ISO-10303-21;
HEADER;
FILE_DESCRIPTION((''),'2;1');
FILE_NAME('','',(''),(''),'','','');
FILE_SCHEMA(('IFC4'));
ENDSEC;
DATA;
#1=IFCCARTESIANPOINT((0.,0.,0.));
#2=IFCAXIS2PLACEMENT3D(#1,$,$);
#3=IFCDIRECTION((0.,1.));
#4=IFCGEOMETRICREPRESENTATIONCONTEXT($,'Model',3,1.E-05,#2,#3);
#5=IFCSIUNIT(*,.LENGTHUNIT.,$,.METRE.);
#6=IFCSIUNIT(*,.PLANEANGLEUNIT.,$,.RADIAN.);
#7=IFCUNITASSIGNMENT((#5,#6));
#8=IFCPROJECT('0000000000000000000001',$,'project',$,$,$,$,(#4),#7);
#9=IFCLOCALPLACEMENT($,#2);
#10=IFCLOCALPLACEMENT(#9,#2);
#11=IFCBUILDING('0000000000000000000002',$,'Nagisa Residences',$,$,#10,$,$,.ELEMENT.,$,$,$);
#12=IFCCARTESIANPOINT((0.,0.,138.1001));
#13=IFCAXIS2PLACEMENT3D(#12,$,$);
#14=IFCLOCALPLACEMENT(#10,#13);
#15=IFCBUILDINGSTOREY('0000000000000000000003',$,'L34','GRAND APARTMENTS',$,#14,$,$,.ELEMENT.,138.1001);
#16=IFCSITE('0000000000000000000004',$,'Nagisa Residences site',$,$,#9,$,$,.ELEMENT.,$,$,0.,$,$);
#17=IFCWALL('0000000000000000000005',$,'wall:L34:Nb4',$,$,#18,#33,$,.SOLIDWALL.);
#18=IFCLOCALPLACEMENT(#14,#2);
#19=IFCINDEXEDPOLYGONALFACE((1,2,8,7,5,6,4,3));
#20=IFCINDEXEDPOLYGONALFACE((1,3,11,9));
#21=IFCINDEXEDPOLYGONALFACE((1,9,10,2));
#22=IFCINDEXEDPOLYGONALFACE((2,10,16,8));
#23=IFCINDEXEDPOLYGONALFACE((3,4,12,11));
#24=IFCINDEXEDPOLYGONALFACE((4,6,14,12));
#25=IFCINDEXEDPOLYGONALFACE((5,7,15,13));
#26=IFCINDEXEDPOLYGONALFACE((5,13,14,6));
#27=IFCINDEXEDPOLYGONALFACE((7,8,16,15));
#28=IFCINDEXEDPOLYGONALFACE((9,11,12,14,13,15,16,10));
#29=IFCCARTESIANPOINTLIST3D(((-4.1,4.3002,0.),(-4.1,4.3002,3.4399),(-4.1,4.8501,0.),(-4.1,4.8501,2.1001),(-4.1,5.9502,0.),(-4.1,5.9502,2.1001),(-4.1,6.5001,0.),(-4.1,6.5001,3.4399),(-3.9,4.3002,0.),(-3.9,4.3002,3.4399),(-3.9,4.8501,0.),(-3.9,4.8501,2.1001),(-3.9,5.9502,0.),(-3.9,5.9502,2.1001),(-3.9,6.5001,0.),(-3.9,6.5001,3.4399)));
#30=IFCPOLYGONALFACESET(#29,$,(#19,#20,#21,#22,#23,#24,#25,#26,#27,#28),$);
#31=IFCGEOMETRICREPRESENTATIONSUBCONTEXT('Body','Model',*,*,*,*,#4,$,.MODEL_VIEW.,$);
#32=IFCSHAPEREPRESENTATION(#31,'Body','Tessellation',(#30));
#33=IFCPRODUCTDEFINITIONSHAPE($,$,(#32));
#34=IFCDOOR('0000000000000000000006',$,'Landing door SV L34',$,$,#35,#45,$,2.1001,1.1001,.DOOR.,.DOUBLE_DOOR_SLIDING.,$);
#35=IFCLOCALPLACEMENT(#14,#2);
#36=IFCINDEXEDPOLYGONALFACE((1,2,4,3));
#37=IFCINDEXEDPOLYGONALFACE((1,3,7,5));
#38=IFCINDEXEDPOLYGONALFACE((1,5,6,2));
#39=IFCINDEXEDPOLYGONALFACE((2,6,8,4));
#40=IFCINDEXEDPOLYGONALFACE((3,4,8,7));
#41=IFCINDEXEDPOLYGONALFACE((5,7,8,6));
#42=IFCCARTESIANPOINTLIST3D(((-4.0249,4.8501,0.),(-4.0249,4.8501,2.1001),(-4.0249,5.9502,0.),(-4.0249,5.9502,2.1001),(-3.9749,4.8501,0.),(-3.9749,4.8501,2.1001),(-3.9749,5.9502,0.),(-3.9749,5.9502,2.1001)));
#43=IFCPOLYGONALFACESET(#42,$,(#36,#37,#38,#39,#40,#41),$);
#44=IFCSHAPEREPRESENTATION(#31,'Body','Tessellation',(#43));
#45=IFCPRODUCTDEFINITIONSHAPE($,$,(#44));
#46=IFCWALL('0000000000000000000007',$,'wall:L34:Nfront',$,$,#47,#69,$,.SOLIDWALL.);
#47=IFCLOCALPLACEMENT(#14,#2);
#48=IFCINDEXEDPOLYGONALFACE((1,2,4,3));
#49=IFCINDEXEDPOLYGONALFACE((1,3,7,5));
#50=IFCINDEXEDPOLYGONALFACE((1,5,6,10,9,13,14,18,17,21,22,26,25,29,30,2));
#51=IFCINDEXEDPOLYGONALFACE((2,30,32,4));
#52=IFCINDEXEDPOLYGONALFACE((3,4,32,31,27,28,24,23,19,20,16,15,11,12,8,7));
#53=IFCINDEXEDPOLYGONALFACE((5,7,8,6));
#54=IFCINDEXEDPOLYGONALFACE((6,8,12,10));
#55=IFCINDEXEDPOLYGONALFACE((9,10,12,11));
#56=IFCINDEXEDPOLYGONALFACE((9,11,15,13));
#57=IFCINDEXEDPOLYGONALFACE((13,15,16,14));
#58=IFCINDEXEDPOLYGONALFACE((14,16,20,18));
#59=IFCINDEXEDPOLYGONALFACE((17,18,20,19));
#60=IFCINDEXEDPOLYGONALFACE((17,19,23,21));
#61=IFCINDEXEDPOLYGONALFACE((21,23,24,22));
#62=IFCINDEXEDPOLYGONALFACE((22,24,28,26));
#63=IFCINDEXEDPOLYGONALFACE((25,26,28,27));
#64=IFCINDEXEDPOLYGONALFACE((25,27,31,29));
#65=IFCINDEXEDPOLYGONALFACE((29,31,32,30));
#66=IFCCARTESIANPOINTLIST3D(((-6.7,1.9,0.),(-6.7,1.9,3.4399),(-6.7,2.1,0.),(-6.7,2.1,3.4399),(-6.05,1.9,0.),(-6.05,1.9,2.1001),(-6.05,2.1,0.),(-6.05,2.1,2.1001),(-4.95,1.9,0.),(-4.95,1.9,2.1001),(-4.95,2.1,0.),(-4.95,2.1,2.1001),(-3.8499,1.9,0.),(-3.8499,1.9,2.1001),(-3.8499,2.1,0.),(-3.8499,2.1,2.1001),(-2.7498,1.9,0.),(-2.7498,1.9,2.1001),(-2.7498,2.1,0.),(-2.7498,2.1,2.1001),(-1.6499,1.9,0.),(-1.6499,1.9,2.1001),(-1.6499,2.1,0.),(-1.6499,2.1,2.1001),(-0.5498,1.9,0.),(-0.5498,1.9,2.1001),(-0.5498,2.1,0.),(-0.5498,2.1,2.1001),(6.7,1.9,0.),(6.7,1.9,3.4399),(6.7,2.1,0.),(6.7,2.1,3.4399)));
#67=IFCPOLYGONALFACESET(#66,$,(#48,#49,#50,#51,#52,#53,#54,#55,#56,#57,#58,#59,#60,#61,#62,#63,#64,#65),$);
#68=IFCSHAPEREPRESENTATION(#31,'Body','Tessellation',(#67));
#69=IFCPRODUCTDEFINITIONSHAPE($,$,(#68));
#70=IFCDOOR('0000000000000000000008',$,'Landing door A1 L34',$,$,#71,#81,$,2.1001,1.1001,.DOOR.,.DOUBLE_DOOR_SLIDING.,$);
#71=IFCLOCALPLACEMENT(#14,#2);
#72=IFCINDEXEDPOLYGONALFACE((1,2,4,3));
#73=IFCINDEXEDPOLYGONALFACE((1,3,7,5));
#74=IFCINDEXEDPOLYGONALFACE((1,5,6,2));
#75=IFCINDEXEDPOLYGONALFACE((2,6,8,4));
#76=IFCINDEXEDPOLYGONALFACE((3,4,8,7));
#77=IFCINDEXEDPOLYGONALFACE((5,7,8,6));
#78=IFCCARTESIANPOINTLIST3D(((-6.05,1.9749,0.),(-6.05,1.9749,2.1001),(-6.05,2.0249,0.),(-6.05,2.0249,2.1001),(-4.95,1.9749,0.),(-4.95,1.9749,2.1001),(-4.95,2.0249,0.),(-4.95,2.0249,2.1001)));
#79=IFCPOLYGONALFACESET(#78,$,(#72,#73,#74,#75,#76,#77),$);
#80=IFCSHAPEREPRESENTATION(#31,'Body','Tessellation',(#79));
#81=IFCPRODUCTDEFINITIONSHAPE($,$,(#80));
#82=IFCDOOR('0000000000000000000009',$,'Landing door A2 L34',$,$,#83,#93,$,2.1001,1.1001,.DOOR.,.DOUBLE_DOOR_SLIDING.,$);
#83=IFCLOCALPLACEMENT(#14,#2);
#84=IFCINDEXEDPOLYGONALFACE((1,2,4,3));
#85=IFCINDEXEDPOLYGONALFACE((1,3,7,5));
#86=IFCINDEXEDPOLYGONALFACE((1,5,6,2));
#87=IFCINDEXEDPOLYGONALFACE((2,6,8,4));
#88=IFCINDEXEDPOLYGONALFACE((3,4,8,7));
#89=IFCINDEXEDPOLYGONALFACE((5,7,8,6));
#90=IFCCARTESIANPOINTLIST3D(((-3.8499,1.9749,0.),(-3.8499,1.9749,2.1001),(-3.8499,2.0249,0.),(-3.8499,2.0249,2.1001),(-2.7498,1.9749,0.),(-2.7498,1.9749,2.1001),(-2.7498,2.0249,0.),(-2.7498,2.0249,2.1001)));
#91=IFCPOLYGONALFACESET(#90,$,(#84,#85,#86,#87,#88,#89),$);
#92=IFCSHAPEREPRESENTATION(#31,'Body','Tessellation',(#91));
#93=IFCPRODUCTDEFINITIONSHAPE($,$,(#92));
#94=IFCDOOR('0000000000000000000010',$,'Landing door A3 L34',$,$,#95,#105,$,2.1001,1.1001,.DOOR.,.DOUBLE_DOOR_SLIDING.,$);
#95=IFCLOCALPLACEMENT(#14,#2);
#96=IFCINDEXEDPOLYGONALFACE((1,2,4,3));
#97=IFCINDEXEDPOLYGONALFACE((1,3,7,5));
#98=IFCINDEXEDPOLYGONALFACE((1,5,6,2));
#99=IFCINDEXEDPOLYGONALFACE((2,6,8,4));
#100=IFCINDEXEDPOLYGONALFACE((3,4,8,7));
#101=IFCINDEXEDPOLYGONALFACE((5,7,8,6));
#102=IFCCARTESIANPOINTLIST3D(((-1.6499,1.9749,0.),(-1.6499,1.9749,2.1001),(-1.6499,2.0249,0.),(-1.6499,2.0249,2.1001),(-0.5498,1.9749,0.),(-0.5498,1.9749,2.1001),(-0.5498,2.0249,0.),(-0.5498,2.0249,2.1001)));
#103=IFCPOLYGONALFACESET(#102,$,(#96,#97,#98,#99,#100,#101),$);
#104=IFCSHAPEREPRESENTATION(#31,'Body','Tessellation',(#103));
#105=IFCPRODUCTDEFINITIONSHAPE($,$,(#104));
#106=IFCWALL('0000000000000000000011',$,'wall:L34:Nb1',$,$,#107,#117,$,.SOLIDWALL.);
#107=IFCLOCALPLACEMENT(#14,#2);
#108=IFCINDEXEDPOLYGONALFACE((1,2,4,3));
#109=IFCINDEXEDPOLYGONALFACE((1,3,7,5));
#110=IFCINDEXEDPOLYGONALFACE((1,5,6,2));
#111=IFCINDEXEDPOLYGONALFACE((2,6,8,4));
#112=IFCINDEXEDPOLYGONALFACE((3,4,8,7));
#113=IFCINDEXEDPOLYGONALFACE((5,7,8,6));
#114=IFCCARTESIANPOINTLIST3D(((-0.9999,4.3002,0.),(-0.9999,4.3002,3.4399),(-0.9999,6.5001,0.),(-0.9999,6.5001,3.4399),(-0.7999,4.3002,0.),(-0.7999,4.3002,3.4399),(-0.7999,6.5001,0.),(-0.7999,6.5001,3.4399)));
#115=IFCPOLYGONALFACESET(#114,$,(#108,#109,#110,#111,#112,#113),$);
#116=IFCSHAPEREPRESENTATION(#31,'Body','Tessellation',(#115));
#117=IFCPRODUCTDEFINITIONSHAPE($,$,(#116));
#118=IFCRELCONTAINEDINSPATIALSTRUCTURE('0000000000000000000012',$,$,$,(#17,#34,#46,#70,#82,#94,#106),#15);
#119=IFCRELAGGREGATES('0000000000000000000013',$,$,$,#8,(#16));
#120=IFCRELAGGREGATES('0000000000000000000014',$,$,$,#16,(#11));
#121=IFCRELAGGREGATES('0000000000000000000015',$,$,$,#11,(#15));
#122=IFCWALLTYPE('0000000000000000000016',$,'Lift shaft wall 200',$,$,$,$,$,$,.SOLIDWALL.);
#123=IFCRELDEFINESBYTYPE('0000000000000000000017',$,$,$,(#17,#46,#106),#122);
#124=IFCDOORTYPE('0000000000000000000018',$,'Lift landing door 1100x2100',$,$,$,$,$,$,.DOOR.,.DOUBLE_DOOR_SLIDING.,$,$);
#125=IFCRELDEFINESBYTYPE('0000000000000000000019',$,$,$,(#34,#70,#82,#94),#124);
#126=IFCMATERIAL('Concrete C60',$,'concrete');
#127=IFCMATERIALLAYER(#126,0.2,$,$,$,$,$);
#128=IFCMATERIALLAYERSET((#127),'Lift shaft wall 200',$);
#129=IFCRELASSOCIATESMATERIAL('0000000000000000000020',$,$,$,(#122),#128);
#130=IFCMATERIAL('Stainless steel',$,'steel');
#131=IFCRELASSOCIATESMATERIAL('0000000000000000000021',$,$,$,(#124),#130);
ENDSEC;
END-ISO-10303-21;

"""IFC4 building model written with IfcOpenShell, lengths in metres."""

from ifc_helpers import new_model, si_unit, direction, frame, frame_2d, origin, place, context, subcontext, project, spatial, rectangle, extrude, material, layer, layer_set, type_object, element, fill, save


model = new_model("IFC4")

# Units and contexts
model_context = context("Model", 3, precision=1e-05, world=origin(), true_north=direction((0.0, 1.0)))
body_context = subcontext(model_context, "Body", "Model", "MODEL_VIEW")
ifc_project = project(units=[si_unit("LENGTHUNIT", "METRE"), si_unit("PLANEANGLEUNIT", "RADIAN")], contexts=[model_context])

# Site, building, storey
site_placement = place(None, origin())
site = spatial("IfcSite", under=ifc_project, at=site_placement, Name="Nagisa Residences site", CompositionType="ELEMENT", RefElevation=0.0)
building_placement = place(site_placement, origin())
building = spatial("IfcBuilding", under=site, at=building_placement, Name="Nagisa Residences", CompositionType="ELEMENT")
storey_placement = place(building_placement, frame((0.0, 0.0, 138.1001)))
storey = spatial("IfcBuildingStorey", under=building, at=storey_placement, Name="L34", Description="GRAND APARTMENTS", CompositionType="ELEMENT", Elevation=138.1001)

# Wall, opening, door
ifc_material_1 = material(Name="Concrete C60", Category="concrete")
ifc_layer_1 = layer(ifc_material_1, 0.2)
ifc_layer_set_1 = layer_set([ifc_layer_1], Name="Lift shaft wall 200")
wall_type_1 = type_object("IfcWallType", Name="Lift shaft wall 200", PredefinedType="SOLIDWALL", material=ifc_layer_set_1)
wall_1_placement = place(storey_placement, frame((-4.0, 4.3, 0.0), z_axis=(0.0, 0.0, 1.0), x_axis=(0.0, 1.0, 0.0)))
wall_1 = element("IfcWall", 1, at=wall_1_placement, inside=storey, type_object=wall_type_1, Name="wall:L34:Nb4", PredefinedType="SOLIDWALL", context=body_context, shape_type="SweptSolid", body=[
    extrude(rectangle(XDim=2.2, YDim=0.2, at=frame_2d((1.1001, 0.0))), origin(), (0.0, 0.0, 1.0), 3.4399),
])
opening_1_placement = place(wall_1_placement, frame((0.55, 0.0, 0.0)))
opening_1 = element("IfcOpeningElement", 2, at=opening_1_placement, cuts=wall_1, PredefinedType="OPENING", context=body_context, shape_type="SweptSolid", body=[
    extrude(rectangle(XDim=1.1001, YDim=2.1001, at=frame_2d((0.55, 1.05))), frame((0.0, 0.1099, 0.0), z_axis=(0.0, -1.0, 0.0), x_axis=(1.0, 0.0, 0.0)), (0.0, 0.0, 1.0), 0.22),
])
ifc_material_2 = material(Name="Stainless steel", Category="steel")
door_type_1 = type_object("IfcDoorType", Name="Lift landing door 1100x2100", OperationType="DOUBLE_DOOR_SLIDING", PredefinedType="DOOR", material=ifc_material_2)
door_1_placement = place(opening_1_placement, origin())
door_1 = element("IfcDoor", 3, at=door_1_placement, inside=storey, type_object=door_type_1, Name="Landing door SV L34", OperationType="DOUBLE_DOOR_SLIDING", OverallHeight=2.1001, OverallWidth=1.1001, PredefinedType="DOOR", context=body_context, shape_type="SweptSolid", body=[
    extrude(rectangle(XDim=1.1001, YDim=2.1001, at=frame_2d((0.55, 1.05))), frame((0.0, 0.0249, 0.0), z_axis=(0.0, -1.0, 0.0), x_axis=(1.0, 0.0, 0.0)), (0.0, 0.0, 1.0), 0.05),
])
fill(opening_1, door_1)

# Wall, openings, doors
wall_2_placement = place(storey_placement, frame((-6.7, 2.0, 0.0), z_axis=(0.0, 0.0, 1.0), x_axis=(1.0, 0.0, 0.0)))
wall_2 = element("IfcWall", 4, at=wall_2_placement, inside=storey, type_object=wall_type_1, Name="wall:L34:Nfront", PredefinedType="SOLIDWALL", context=body_context, shape_type="SweptSolid", body=[
    extrude(rectangle(XDim=13.3999, YDim=0.2, at=frame_2d((6.7, 0.0))), origin(), (0.0, 0.0, 1.0), 3.4399),
])
opening_2_placement = place(wall_2_placement, frame((0.6499, 0.0, 0.0)))
opening_2 = element("IfcOpeningElement", 5, at=opening_2_placement, cuts=wall_2, PredefinedType="OPENING", context=body_context, shape_type="SweptSolid", body=[
    extrude(rectangle(XDim=1.1001, YDim=2.1001, at=frame_2d((0.55, 1.05))), frame((0.0, 0.1099, 0.0), z_axis=(0.0, -1.0, 0.0), x_axis=(1.0, 0.0, 0.0)), (0.0, 0.0, 1.0), 0.22),
])
opening_3_placement = place(wall_2_placement, frame((2.8501, 0.0, 0.0)))
opening_3 = element("IfcOpeningElement", 6, at=opening_3_placement, cuts=wall_2, PredefinedType="OPENING", context=body_context, shape_type="SweptSolid", body=[
    extrude(rectangle(XDim=1.1001, YDim=2.1001, at=frame_2d((0.55, 1.05))), frame((0.0, 0.1099, 0.0), z_axis=(0.0, -1.0, 0.0), x_axis=(1.0, 0.0, 0.0)), (0.0, 0.0, 1.0), 0.22),
])
opening_4_placement = place(wall_2_placement, frame((5.05, 0.0, 0.0)))
opening_4 = element("IfcOpeningElement", 7, at=opening_4_placement, cuts=wall_2, PredefinedType="OPENING", context=body_context, shape_type="SweptSolid", body=[
    extrude(rectangle(XDim=1.1001, YDim=2.1001, at=frame_2d((0.55, 1.05))), frame((0.0, 0.1099, 0.0), z_axis=(0.0, -1.0, 0.0), x_axis=(1.0, 0.0, 0.0)), (0.0, 0.0, 1.0), 0.22),
])
door_2_placement = place(opening_2_placement, origin())
door_2 = element("IfcDoor", 8, at=door_2_placement, inside=storey, type_object=door_type_1, Name="Landing door A1 L34", OperationType="DOUBLE_DOOR_SLIDING", OverallHeight=2.1001, OverallWidth=1.1001, PredefinedType="DOOR", context=body_context, shape_type="SweptSolid", body=[
    extrude(rectangle(XDim=1.1001, YDim=2.1001, at=frame_2d((0.55, 1.05))), frame((0.0, 0.0249, 0.0), z_axis=(0.0, -1.0, 0.0), x_axis=(1.0, 0.0, 0.0)), (0.0, 0.0, 1.0), 0.05),
])
fill(opening_2, door_2)
door_3_placement = place(opening_3_placement, origin())
door_3 = element("IfcDoor", 9, at=door_3_placement, inside=storey, type_object=door_type_1, Name="Landing door A2 L34", OperationType="DOUBLE_DOOR_SLIDING", OverallHeight=2.1001, OverallWidth=1.1001, PredefinedType="DOOR", context=body_context, shape_type="SweptSolid", body=[
    extrude(rectangle(XDim=1.1001, YDim=2.1001, at=frame_2d((0.55, 1.05))), frame((0.0, 0.0249, 0.0), z_axis=(0.0, -1.0, 0.0), x_axis=(1.0, 0.0, 0.0)), (0.0, 0.0, 1.0), 0.05),
])
fill(opening_3, door_3)
door_4_placement = place(opening_4_placement, origin())
door_4 = element("IfcDoor", 10, at=door_4_placement, inside=storey, type_object=door_type_1, Name="Landing door A3 L34", OperationType="DOUBLE_DOOR_SLIDING", OverallHeight=2.1001, OverallWidth=1.1001, PredefinedType="DOOR", context=body_context, shape_type="SweptSolid", body=[
    extrude(rectangle(XDim=1.1001, YDim=2.1001, at=frame_2d((0.55, 1.05))), frame((0.0, 0.0249, 0.0), z_axis=(0.0, -1.0, 0.0), x_axis=(1.0, 0.0, 0.0)), (0.0, 0.0, 1.0), 0.05),
])
fill(opening_4, door_4)

# Wall
wall_3_placement = place(storey_placement, frame((-0.8999, 4.3, 0.0), z_axis=(0.0, 0.0, 1.0), x_axis=(0.0, 1.0, 0.0)))
element("IfcWall", 11, at=wall_3_placement, inside=storey, type_object=wall_type_1, Name="wall:L34:Nb1", PredefinedType="SOLIDWALL", context=body_context, shape_type="SweptSolid", body=[
    extrude(rectangle(XDim=2.2, YDim=0.2, at=frame_2d((1.1001, 0.0))), origin(), (0.0, 0.0, 1.0), 3.4399),
])

save(model, "model.ifc")
